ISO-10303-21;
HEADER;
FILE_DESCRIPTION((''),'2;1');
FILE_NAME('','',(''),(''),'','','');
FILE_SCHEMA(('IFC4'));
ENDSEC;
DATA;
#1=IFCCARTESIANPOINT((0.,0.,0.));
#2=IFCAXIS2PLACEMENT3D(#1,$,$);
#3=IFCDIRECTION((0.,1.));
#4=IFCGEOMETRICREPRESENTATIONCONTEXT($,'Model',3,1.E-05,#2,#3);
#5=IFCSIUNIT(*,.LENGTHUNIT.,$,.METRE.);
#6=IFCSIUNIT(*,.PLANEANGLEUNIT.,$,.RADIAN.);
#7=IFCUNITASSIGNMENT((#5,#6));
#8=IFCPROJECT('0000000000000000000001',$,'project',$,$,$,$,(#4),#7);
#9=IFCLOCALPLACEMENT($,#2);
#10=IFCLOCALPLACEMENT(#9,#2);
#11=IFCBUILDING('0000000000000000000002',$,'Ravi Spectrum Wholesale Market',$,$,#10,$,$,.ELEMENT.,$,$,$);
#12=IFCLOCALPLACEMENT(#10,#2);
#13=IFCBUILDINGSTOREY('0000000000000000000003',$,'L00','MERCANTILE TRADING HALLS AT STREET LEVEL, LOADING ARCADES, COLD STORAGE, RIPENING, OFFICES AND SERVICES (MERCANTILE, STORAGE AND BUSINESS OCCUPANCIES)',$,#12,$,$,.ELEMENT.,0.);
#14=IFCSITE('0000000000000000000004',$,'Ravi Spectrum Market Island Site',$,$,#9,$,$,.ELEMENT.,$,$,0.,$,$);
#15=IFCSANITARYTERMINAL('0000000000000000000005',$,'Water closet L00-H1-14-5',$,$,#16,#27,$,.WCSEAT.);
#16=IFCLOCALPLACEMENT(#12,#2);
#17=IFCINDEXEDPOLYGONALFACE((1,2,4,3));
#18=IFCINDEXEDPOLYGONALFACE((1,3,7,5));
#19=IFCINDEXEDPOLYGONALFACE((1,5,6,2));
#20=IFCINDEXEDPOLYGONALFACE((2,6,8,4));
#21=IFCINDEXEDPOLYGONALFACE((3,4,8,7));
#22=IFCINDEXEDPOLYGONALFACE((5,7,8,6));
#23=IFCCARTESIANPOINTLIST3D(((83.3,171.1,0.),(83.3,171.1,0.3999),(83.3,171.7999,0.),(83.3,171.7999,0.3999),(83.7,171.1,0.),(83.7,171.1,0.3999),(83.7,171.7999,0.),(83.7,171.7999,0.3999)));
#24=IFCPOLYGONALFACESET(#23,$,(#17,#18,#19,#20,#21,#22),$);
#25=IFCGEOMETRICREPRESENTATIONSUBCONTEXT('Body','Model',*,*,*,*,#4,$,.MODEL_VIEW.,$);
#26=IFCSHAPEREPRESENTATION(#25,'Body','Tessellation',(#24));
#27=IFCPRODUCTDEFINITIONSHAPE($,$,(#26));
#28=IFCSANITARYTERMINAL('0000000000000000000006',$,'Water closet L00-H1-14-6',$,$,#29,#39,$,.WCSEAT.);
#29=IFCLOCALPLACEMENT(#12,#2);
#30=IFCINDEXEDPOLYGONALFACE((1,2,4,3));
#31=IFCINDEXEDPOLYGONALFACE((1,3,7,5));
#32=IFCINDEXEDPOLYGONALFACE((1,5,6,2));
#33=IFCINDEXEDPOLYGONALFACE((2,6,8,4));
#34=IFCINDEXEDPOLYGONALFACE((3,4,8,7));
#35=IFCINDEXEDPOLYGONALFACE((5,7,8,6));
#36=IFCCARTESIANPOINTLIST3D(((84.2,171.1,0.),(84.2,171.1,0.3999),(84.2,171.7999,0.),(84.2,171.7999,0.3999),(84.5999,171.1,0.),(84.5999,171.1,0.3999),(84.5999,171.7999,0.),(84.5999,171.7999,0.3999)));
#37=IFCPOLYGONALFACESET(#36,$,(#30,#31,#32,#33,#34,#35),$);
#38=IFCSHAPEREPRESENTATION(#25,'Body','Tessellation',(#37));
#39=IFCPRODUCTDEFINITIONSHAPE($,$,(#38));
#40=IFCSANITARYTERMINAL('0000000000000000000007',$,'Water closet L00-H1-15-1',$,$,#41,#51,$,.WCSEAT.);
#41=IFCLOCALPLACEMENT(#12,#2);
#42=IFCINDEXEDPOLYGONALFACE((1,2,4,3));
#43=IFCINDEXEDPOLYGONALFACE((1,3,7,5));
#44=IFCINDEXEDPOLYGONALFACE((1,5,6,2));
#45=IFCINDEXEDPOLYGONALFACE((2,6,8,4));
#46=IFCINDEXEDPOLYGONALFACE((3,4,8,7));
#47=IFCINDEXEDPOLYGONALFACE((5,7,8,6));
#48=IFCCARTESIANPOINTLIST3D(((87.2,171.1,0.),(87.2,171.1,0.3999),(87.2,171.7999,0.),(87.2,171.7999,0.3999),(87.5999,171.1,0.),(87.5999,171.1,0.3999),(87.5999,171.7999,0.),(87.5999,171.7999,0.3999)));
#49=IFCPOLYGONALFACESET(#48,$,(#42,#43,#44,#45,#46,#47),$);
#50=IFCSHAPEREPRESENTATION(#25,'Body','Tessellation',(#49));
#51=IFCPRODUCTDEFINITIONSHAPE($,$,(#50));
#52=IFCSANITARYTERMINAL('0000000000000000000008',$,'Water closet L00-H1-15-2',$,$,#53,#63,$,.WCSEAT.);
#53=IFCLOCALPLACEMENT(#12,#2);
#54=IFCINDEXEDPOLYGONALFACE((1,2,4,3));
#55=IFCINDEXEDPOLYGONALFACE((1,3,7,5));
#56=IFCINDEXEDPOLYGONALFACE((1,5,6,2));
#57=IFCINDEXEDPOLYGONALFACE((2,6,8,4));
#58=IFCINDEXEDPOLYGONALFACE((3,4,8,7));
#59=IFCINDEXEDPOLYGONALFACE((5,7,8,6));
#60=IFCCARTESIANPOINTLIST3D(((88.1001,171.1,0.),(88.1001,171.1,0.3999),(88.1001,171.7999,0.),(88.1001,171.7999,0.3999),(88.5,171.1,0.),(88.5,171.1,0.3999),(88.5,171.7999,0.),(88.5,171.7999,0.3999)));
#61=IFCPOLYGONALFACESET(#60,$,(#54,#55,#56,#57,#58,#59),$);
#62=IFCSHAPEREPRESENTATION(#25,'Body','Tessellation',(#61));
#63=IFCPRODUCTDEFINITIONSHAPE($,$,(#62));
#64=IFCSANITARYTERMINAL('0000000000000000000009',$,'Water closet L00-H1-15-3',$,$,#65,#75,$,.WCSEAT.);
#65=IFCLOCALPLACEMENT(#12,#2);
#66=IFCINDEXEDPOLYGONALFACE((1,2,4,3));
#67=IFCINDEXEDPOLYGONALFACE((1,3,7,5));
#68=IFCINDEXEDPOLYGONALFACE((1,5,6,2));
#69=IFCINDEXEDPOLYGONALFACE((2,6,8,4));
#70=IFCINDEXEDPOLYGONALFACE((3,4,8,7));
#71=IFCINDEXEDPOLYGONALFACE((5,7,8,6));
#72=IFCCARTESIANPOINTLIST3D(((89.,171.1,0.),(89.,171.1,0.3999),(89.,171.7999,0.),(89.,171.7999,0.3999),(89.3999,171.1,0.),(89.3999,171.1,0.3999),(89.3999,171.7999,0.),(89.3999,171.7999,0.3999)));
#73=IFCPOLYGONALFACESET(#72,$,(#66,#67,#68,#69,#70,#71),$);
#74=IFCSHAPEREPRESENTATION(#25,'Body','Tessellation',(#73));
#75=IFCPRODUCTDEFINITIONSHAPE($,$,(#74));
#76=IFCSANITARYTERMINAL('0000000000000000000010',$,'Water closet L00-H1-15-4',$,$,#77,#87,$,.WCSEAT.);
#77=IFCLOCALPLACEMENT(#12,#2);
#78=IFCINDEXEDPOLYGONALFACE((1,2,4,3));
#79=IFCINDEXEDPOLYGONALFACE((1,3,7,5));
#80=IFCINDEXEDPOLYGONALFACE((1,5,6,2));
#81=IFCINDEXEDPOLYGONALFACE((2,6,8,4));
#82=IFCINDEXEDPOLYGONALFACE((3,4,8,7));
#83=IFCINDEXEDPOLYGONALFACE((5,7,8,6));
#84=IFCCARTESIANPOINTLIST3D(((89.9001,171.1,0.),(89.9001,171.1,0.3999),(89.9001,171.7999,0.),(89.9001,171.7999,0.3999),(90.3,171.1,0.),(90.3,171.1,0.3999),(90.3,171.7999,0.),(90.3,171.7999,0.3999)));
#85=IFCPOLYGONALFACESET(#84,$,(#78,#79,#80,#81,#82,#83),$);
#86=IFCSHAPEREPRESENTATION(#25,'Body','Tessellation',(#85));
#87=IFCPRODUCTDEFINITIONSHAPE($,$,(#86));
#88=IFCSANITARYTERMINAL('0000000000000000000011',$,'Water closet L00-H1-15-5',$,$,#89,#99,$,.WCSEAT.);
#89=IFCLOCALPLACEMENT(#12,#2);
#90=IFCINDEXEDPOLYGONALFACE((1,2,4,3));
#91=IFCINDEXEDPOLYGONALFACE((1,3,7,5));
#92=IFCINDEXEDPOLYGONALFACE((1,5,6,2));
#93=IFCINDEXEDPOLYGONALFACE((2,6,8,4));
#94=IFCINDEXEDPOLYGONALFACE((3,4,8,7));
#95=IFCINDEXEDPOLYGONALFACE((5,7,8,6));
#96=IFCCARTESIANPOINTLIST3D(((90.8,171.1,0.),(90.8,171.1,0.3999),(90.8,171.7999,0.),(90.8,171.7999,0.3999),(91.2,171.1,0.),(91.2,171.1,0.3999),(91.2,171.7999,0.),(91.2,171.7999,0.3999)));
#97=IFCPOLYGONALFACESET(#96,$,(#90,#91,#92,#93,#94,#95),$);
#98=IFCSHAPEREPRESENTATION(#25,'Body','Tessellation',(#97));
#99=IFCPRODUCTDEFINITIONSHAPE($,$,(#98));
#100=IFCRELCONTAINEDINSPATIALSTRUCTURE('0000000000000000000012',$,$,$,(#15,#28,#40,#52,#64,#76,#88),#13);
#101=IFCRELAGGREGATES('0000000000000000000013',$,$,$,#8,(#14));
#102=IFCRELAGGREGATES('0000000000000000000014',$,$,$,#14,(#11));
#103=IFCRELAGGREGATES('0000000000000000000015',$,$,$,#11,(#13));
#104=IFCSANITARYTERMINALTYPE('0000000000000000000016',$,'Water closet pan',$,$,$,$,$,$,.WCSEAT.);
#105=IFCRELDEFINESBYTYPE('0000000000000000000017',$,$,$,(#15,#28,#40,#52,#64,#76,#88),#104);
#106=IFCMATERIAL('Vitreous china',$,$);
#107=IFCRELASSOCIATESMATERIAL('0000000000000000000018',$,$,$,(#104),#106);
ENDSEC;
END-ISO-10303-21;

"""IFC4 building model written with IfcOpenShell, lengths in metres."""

from ifc_helpers import new_model, si_unit, direction, frame, origin, origin_2d, place, context, subcontext, project, spatial, rectangle, extrude, material, type_object, element, save


model = new_model("IFC4")

# Units and contexts
model_context = context("Model", 3, precision=1e-05, world=origin(), true_north=direction((0.0, 1.0)))
body_context = subcontext(model_context, "Body", "Model", "MODEL_VIEW")
ifc_project = project(units=[si_unit("LENGTHUNIT", "METRE"), si_unit("PLANEANGLEUNIT", "RADIAN")], contexts=[model_context])

# Site, building, storey
site_placement = place(None, origin())
site = spatial("IfcSite", under=ifc_project, at=site_placement, Name="Ravi Spectrum Market Island Site", CompositionType="ELEMENT", RefElevation=0.0)
building_placement = place(site_placement, origin())
building = spatial("IfcBuilding", under=site, at=building_placement, Name="Ravi Spectrum Wholesale Market", CompositionType="ELEMENT")
storey_placement = place(building_placement, origin())
storey = spatial("IfcBuildingStorey", under=building, at=storey_placement, Name="L00", Description="MERCANTILE TRADING HALLS AT STREET LEVEL, LOADING ARCADES, COLD STORAGE, RIPENING, OFFICES AND SERVICES (MERCANTILE, STORAGE AND BUSINESS OCCUPANCIES)", CompositionType="ELEMENT", Elevation=0.0)

# Sanitary terminals
ifc_material_1 = material(Name="Vitreous china")
sanitary_terminal_type_1 = type_object("IfcSanitaryTerminalType", Name="Water closet pan", PredefinedType="WCSEAT", material=ifc_material_1)
for number, where, z_axis, x_axis, name in (
    (1, (83.5, 171.45, 0.0), (0.0, 0.0, 1.0), (1.0, 0.0, 0.0), "Water closet L00-H1-14-5"),
    (2, (84.3999, 171.45, 0.0), (0.0, 0.0, 1.0), (1.0, 0.0, 0.0), "Water closet L00-H1-14-6"),
    (3, (87.3999, 171.45, 0.0), (0.0, 0.0, 1.0), (1.0, 0.0, 0.0), "Water closet L00-H1-15-1"),
    (4, (88.3, 171.45, 0.0), (0.0, 0.0, 1.0), (1.0, 0.0, 0.0), "Water closet L00-H1-15-2"),
    (5, (89.2, 171.45, 0.0), (0.0, 0.0, 1.0), (1.0, 0.0, 0.0), "Water closet L00-H1-15-3"),
    (6, (90.1001, 171.45, 0.0), (0.0, 0.0, 1.0), (1.0, 0.0, 0.0), "Water closet L00-H1-15-4"),
    (7, (91.0, 171.45, 0.0), (0.0, 0.0, 1.0), (1.0, 0.0, 0.0), "Water closet L00-H1-15-5"),
):
    element("IfcSanitaryTerminal", number, at=place(storey_placement, frame(where, z_axis=z_axis, x_axis=x_axis)), inside=storey, type_object=sanitary_terminal_type_1, Name=name, PredefinedType="WCSEAT", context=body_context, shape_type="SweptSolid", body=[
        extrude(rectangle(XDim=0.3999, YDim=0.7, at=origin_2d()), origin(), (0.0, 0.0, 1.0), 0.3999),
    ])

save(model, "model.ifc")
